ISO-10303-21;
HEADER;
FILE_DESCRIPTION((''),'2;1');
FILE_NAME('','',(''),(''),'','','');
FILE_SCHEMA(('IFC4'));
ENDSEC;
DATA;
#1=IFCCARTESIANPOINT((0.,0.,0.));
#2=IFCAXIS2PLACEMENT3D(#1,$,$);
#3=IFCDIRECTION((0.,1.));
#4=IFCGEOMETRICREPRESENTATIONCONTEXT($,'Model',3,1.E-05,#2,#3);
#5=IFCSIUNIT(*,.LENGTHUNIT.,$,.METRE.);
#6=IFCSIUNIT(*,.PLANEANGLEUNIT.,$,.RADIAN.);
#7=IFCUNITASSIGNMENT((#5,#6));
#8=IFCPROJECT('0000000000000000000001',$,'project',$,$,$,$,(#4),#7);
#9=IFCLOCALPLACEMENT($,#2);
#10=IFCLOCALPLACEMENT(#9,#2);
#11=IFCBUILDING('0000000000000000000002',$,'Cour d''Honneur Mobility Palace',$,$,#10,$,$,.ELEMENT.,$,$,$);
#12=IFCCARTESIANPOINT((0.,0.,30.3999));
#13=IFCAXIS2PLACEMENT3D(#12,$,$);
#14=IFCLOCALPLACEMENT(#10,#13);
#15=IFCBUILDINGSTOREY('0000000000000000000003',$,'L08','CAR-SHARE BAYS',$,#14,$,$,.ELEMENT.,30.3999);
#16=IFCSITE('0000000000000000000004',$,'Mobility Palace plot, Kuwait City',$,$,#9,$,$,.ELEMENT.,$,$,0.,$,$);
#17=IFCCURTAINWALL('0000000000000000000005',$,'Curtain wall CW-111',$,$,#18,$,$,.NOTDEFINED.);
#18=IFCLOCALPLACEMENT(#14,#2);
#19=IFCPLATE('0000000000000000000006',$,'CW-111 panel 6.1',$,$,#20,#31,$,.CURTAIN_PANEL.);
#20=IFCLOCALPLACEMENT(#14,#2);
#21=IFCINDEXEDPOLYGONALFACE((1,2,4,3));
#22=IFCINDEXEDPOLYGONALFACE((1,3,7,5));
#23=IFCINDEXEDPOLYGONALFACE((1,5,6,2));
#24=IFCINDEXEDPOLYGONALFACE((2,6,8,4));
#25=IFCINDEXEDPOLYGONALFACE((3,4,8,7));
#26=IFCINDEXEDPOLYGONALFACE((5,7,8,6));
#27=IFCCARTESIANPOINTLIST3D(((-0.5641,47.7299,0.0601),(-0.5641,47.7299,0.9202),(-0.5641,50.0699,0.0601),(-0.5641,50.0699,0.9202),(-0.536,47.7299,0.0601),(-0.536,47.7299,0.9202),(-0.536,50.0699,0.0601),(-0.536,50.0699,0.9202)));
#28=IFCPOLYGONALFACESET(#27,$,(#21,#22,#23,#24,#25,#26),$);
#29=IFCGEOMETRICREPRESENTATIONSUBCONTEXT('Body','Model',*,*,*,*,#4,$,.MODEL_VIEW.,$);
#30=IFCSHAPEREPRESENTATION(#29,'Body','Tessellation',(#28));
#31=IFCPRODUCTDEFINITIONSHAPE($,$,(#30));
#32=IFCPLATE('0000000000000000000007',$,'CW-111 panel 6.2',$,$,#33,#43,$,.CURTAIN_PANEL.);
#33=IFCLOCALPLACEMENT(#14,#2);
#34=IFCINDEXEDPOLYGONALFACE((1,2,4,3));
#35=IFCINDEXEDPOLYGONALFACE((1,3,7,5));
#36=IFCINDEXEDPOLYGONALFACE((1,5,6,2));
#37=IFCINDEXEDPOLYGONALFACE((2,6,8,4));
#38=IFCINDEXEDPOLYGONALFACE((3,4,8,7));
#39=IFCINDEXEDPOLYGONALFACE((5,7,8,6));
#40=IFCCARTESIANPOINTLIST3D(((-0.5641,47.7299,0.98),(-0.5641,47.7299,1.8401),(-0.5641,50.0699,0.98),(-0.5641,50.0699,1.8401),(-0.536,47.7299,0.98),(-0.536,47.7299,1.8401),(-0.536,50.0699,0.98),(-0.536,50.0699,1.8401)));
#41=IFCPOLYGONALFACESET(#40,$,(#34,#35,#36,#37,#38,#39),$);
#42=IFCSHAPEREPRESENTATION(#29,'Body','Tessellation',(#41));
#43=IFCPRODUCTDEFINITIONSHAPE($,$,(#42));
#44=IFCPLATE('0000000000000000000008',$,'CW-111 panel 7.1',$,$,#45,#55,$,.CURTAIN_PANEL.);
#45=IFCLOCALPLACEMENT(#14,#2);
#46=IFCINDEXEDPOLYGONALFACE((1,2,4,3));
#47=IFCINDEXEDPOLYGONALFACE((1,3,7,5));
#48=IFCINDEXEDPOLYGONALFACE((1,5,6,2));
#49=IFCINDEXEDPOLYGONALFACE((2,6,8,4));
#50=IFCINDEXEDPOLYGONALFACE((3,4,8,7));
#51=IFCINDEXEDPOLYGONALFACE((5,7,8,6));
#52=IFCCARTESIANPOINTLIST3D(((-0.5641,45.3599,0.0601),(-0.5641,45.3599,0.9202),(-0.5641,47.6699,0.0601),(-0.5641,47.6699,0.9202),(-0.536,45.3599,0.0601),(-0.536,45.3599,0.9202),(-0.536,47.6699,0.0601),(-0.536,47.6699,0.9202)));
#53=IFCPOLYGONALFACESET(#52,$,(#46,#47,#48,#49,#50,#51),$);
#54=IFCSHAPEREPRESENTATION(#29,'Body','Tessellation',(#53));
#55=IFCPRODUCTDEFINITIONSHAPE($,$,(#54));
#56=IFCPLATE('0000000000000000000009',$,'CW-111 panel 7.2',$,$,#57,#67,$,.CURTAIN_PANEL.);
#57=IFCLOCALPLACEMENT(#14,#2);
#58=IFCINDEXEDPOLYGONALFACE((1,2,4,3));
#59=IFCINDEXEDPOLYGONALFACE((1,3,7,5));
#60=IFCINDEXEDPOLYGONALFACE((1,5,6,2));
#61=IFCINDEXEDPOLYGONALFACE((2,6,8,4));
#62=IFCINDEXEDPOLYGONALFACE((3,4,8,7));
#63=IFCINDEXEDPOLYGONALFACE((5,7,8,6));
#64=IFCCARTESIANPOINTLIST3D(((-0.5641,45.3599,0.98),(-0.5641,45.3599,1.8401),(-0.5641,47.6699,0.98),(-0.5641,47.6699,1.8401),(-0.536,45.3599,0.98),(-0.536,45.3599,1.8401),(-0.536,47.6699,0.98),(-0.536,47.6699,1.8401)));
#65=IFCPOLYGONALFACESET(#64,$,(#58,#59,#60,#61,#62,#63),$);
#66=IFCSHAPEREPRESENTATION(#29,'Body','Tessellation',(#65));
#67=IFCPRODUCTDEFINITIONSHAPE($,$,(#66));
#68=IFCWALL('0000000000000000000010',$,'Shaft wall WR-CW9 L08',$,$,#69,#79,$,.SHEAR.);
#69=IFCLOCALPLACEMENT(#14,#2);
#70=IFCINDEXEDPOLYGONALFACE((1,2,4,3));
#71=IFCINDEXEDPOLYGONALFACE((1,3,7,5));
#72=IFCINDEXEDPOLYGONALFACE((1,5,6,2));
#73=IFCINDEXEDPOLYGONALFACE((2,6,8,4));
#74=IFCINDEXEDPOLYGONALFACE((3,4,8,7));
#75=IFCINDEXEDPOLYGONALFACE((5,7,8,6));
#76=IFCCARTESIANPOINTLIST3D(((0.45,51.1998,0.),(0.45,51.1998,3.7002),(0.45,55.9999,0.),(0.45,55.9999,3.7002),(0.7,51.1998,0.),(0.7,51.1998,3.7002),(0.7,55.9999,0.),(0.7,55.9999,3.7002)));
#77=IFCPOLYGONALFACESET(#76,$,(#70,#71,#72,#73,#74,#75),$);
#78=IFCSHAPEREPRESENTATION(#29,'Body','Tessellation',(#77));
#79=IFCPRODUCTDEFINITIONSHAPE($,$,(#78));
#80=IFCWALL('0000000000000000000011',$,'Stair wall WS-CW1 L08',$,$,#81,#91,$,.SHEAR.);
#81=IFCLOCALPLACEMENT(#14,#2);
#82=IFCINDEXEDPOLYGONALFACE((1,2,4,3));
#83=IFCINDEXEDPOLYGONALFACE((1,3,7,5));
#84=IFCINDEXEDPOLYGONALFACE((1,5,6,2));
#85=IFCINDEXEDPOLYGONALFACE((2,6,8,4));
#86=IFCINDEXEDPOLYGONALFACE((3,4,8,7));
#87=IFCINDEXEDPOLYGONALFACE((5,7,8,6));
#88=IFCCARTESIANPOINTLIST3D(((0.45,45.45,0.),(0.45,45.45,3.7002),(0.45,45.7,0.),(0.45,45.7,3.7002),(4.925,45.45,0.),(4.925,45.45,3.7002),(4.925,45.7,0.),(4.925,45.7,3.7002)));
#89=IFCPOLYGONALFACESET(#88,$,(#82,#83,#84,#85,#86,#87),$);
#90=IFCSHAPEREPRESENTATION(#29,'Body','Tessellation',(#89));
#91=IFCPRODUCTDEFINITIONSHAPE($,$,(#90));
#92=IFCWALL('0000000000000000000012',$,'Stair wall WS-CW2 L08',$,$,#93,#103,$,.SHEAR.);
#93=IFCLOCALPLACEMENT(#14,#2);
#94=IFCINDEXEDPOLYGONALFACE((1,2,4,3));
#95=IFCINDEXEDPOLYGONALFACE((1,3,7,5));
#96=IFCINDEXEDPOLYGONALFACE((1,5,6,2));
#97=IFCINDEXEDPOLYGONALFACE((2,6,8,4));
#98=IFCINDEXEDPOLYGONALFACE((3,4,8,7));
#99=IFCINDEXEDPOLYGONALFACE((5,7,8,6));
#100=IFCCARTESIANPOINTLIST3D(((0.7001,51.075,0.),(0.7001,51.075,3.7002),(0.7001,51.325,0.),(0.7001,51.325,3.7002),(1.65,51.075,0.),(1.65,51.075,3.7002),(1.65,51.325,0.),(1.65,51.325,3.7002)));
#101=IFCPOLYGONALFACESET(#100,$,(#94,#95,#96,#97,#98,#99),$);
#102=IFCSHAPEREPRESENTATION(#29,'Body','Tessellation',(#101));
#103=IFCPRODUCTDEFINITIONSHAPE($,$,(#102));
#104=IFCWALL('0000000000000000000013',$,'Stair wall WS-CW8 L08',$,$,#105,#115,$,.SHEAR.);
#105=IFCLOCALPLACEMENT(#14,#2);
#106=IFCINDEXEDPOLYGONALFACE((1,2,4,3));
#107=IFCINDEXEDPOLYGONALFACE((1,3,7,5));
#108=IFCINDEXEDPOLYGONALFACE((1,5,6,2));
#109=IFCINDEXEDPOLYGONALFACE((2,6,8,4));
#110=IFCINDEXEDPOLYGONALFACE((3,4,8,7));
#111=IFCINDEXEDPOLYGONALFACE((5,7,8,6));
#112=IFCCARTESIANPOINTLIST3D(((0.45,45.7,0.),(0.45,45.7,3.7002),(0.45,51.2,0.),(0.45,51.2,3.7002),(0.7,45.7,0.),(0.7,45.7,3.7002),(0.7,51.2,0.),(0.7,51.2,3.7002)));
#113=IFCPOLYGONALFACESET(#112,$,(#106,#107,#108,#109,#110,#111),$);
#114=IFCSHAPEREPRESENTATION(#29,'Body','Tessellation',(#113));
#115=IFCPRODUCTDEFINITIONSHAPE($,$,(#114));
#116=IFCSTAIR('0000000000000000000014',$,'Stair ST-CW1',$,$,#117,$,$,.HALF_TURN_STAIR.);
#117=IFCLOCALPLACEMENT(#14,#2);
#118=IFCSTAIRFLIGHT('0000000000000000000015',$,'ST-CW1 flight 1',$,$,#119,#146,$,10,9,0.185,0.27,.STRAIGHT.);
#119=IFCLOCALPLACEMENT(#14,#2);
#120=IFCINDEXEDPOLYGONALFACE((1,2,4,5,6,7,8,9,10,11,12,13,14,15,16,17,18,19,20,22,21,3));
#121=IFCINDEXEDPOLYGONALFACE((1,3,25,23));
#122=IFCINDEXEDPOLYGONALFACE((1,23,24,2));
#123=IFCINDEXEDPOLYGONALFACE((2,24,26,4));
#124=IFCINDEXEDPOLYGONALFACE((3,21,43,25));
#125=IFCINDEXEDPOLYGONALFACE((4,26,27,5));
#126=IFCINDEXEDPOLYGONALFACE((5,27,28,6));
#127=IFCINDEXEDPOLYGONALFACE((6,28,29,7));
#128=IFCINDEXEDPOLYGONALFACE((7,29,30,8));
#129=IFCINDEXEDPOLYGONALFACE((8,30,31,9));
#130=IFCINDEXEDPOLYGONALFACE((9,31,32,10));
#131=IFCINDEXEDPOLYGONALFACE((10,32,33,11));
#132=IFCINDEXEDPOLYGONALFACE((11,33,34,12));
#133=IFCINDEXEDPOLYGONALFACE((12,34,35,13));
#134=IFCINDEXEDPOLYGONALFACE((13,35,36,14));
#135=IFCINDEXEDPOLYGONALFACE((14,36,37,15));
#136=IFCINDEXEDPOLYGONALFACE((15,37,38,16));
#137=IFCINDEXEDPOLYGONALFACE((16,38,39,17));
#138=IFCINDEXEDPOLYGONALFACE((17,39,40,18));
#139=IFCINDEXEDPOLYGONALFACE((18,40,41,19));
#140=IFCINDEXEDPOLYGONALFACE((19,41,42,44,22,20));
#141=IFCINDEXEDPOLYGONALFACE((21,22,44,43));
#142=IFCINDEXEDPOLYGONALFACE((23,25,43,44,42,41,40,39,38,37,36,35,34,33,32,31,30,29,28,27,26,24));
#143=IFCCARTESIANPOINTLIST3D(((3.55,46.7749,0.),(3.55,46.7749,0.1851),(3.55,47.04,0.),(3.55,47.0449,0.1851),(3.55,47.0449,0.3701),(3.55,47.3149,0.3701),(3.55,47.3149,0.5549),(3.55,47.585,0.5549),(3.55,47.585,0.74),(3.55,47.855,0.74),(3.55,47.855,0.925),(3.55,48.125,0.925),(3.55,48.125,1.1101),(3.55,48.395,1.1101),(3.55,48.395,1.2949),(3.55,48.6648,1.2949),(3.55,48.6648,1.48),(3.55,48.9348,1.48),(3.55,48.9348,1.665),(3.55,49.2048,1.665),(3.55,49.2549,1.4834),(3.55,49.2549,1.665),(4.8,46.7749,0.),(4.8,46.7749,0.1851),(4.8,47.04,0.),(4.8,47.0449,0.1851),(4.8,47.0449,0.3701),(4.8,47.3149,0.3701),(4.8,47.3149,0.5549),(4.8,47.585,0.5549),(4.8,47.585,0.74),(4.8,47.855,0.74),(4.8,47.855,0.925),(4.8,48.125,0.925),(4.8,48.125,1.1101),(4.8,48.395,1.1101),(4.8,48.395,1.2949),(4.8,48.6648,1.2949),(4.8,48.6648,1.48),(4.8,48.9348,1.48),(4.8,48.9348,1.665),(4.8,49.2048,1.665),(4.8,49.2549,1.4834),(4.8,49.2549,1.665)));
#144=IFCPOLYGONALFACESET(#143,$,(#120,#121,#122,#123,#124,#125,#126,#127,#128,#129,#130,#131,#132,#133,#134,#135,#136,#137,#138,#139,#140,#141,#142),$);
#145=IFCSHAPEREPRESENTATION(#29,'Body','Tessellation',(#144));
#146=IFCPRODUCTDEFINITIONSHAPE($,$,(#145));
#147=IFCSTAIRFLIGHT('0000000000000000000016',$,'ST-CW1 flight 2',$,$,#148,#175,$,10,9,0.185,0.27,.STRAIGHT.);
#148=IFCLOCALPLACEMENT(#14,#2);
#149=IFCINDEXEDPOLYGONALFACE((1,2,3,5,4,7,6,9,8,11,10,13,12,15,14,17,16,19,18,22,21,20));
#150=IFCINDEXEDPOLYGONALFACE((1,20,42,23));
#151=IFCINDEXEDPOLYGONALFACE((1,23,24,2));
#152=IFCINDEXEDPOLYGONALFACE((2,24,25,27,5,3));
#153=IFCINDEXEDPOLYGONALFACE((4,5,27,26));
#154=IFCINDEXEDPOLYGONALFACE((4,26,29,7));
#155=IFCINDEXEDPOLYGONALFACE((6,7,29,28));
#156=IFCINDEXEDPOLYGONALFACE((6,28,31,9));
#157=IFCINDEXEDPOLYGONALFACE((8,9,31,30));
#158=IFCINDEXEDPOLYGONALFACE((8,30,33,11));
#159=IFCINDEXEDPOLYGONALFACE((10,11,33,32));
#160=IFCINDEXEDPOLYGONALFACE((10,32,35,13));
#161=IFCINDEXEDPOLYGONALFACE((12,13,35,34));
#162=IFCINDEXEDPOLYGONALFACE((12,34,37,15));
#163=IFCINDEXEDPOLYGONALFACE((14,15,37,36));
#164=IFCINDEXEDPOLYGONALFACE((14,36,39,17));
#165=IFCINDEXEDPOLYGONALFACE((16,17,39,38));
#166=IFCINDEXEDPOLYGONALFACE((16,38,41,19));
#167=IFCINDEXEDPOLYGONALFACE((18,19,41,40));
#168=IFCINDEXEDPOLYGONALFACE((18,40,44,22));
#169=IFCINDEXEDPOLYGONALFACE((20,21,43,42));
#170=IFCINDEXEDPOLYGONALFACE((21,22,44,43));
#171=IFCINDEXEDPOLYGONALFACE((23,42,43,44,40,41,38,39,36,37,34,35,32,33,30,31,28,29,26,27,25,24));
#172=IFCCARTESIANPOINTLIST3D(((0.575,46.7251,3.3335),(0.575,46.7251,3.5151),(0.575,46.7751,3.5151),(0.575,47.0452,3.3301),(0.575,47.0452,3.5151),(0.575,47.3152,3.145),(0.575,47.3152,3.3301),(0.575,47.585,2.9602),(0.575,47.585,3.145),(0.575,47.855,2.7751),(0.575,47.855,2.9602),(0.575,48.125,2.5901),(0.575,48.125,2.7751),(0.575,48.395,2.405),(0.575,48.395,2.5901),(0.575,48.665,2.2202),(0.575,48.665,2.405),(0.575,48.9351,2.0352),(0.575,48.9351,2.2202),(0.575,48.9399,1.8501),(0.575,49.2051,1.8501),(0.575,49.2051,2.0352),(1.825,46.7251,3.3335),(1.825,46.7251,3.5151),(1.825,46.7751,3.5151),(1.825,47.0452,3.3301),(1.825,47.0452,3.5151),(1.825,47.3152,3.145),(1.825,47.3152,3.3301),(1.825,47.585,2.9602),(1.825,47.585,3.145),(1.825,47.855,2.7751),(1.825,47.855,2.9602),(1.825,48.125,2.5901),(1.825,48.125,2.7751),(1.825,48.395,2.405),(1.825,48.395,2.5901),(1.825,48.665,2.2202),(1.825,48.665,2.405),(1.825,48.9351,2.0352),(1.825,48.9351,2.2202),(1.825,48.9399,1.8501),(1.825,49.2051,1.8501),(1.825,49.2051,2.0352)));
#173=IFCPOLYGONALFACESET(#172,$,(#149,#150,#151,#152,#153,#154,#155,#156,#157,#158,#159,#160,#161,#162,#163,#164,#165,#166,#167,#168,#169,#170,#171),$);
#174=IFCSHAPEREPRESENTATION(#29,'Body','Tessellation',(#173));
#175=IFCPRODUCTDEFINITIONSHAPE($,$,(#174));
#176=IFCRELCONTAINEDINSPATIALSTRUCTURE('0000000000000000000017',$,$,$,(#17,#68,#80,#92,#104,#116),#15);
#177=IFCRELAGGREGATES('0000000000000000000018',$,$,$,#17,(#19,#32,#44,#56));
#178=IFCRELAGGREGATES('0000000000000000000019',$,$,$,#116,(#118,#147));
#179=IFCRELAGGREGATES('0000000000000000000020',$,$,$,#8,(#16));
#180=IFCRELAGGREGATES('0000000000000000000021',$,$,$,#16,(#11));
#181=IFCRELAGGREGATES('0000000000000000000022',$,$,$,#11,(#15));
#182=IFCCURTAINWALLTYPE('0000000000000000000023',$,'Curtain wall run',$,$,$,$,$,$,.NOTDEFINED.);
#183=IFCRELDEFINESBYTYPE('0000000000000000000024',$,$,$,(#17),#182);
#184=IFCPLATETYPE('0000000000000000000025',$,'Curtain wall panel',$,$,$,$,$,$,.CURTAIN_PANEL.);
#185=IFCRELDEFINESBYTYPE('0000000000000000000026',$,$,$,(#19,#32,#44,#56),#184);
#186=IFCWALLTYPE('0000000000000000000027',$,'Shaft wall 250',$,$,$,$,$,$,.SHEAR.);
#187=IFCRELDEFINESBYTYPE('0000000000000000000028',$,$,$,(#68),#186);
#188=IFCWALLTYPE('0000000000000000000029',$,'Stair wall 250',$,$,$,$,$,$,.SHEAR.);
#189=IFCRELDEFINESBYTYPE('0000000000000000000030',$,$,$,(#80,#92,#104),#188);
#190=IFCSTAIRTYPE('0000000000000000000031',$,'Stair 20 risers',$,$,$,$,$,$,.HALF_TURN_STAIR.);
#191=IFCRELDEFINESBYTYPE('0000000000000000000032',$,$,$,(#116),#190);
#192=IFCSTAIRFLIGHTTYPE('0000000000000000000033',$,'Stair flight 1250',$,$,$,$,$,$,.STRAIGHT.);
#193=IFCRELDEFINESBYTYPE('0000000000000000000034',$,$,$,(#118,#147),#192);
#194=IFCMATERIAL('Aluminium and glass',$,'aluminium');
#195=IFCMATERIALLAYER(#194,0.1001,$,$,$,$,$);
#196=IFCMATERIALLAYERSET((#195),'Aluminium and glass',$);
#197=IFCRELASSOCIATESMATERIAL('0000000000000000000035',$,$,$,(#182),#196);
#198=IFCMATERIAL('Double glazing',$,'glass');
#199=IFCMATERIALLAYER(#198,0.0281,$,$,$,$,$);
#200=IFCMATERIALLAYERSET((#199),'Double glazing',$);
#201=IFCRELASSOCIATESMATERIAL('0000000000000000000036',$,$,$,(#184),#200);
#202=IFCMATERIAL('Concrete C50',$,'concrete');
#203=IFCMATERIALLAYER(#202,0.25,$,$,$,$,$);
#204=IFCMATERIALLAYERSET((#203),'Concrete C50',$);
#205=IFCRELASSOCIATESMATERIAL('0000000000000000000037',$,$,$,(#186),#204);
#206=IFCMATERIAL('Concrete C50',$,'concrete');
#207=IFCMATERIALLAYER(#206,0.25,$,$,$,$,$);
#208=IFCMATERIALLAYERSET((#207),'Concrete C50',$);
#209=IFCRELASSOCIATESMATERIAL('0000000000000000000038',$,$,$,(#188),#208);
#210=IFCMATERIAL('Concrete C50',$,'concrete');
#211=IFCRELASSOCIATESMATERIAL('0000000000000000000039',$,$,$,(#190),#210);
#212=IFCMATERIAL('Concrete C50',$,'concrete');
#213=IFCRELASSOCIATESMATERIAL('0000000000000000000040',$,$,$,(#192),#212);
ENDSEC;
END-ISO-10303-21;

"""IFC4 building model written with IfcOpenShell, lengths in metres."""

from ifc_helpers import new_model, si_unit, direction, frame, frame_2d, origin, origin_2d, place, context, subcontext, project, spatial, polyline, rectangle, outline, extrude, material, layer, layer_set, type_object, element, aggregate, save


model = new_model("IFC4")

# Units and contexts
model_context = context("Model", 3, precision=1e-05, world=origin(), true_north=direction((0.0, 1.0)))
body_context = subcontext(model_context, "Body", "Model", "MODEL_VIEW")
ifc_project = project(units=[si_unit("LENGTHUNIT", "METRE"), si_unit("PLANEANGLEUNIT", "RADIAN")], contexts=[model_context])

# Site, building, storey
site_placement = place(None, origin())
site = spatial("IfcSite", under=ifc_project, at=site_placement, Name="Mobility Palace plot, Kuwait City", CompositionType="ELEMENT", RefElevation=0.0)
building_placement = place(site_placement, origin())
building = spatial("IfcBuilding", under=site, at=building_placement, Name="Cour d'Honneur Mobility Palace", CompositionType="ELEMENT")
storey_placement = place(building_placement, frame((0.0, 0.0, 30.3999)))
storey = spatial("IfcBuildingStorey", under=building, at=storey_placement, Name="L08", Description="CAR-SHARE BAYS", CompositionType="ELEMENT", Elevation=30.3999)

# Curtain wall
ifc_material_1 = material(Name="Aluminium and glass", Category="aluminium")
ifc_layer_1 = layer(ifc_material_1, 0.1001)
ifc_layer_set_1 = layer_set([ifc_layer_1], Name="Aluminium and glass")
curtain_wall_type = type_object("IfcCurtainWallType", Name="Curtain wall run", PredefinedType="NOTDEFINED", material=ifc_layer_set_1)
curtain_wall_placement = place(storey_placement, origin())
curtain_wall = element("IfcCurtainWall", 1, at=curtain_wall_placement, inside=storey, type_object=curtain_wall_type, Name="Curtain wall CW-111", PredefinedType="NOTDEFINED")

# Plates
ifc_material_2 = material(Name="Double glazing", Category="glass")
ifc_layer_2 = layer(ifc_material_2, 0.0281)
ifc_layer_set_2 = layer_set([ifc_layer_2], Name="Double glazing")
plate_type = type_object("IfcPlateType", Name="Curtain wall panel", PredefinedType="CURTAIN_PANEL", material=ifc_layer_set_2)
plate_1_placement = place(storey_placement, frame((-0.55, 48.8999, 0.0601), z_axis=(0.0, 0.0, 1.0), x_axis=(0.0, -1.0, 0.0)))
plate_1 = element("IfcPlate", 2, at=plate_1_placement, type_object=plate_type, Name="CW-111 panel 6.1", PredefinedType="CURTAIN_PANEL", context=body_context, shape_type="SweptSolid", body=[
    extrude(rectangle(XDim=2.3401, YDim=0.0281, at=origin_2d()), origin(), (0.0, 0.0, 1.0), 0.8601),
])
plate_2_placement = place(storey_placement, frame((-0.55, 48.8999, 0.98), z_axis=(0.0, 0.0, 1.0), x_axis=(0.0, -1.0, 0.0)))
plate_2 = element("IfcPlate", 3, at=plate_2_placement, type_object=plate_type, Name="CW-111 panel 6.2", PredefinedType="CURTAIN_PANEL", context=body_context, shape_type="SweptSolid", body=[
    extrude(rectangle(XDim=2.3401, YDim=0.0281, at=origin_2d()), origin(), (0.0, 0.0, 1.0), 0.8601),
])
plate_3_placement = place(storey_placement, frame((-0.55, 46.5149, 0.0601), z_axis=(0.0, 0.0, 1.0), x_axis=(0.0, -1.0, 0.0)))
plate_3 = element("IfcPlate", 4, at=plate_3_placement, type_object=plate_type, Name="CW-111 panel 7.1", PredefinedType="CURTAIN_PANEL", context=body_context, shape_type="SweptSolid", body=[
    extrude(rectangle(XDim=2.3101, YDim=0.0281, at=origin_2d()), origin(), (0.0, 0.0, 1.0), 0.8601),
])
plate_4_placement = place(storey_placement, frame((-0.55, 46.5149, 0.98), z_axis=(0.0, 0.0, 1.0), x_axis=(0.0, -1.0, 0.0)))
plate_4 = element("IfcPlate", 5, at=plate_4_placement, type_object=plate_type, Name="CW-111 panel 7.2", PredefinedType="CURTAIN_PANEL", context=body_context, shape_type="SweptSolid", body=[
    extrude(rectangle(XDim=2.3101, YDim=0.0281, at=origin_2d()), origin(), (0.0, 0.0, 1.0), 0.8601),
])
aggregate(curtain_wall, [plate_1, plate_2, plate_3, plate_4])

# Walls
ifc_material_3 = material(Name="Concrete C50", Category="concrete")
ifc_layer_3 = layer(ifc_material_3, 0.25)
ifc_layer_set_3 = layer_set([ifc_layer_3], Name="Concrete C50")
wall_type_1 = type_object("IfcWallType", Name="Shaft wall 250", PredefinedType="SHEAR", material=ifc_layer_set_3)
wall_1_placement = place(storey_placement, frame((0.575, 51.2, 0.0), z_axis=(0.0, 0.0, 1.0), x_axis=(0.0, 1.0, 0.0)))
element("IfcWall", 6, at=wall_1_placement, inside=storey, type_object=wall_type_1, Name="Shaft wall WR-CW9 L08", PredefinedType="SHEAR", context=body_context, shape_type="SweptSolid", body=[
    extrude(rectangle(XDim=4.8, YDim=0.25, at=frame_2d((2.3999, 0.0))), origin(), (0.0, 0.0, 1.0), 3.7002),
])
ifc_material_4 = material(Name="Concrete C50", Category="concrete")
ifc_layer_4 = layer(ifc_material_4, 0.25)
ifc_layer_set_4 = layer_set([ifc_layer_4], Name="Concrete C50")
wall_type_2 = type_object("IfcWallType", Name="Stair wall 250", PredefinedType="SHEAR", material=ifc_layer_set_4)
wall_2_placement = place(storey_placement, frame((0.45, 45.575, 0.0), z_axis=(0.0, 0.0, 1.0), x_axis=(1.0, 0.0, 0.0)))
element("IfcWall", 7, at=wall_2_placement, inside=storey, type_object=wall_type_2, Name="Stair wall WS-CW1 L08", PredefinedType="SHEAR", context=body_context, shape_type="SweptSolid", body=[
    extrude(rectangle(XDim=4.4751, YDim=0.25, at=frame_2d((2.2375, 0.0))), origin(), (0.0, 0.0, 1.0), 3.7002),
])
wall_3_placement = place(storey_placement, frame((0.7, 51.2, 0.0), z_axis=(0.0, 0.0, 1.0), x_axis=(1.0, 0.0, 0.0)))
element("IfcWall", 8, at=wall_3_placement, inside=storey, type_object=wall_type_2, Name="Stair wall WS-CW2 L08", PredefinedType="SHEAR", context=body_context, shape_type="SweptSolid", body=[
    extrude(rectangle(XDim=0.95, YDim=0.25, at=frame_2d((0.4751, 0.0))), origin(), (0.0, 0.0, 1.0), 3.7002),
])
wall_4_placement = place(storey_placement, frame((0.575, 45.7, 0.0), z_axis=(0.0, 0.0, 1.0), x_axis=(0.0, 1.0, 0.0)))
element("IfcWall", 9, at=wall_4_placement, inside=storey, type_object=wall_type_2, Name="Stair wall WS-CW8 L08", PredefinedType="SHEAR", context=body_context, shape_type="SweptSolid", body=[
    extrude(rectangle(XDim=5.5, YDim=0.25, at=frame_2d((2.75, 0.0))), origin(), (0.0, 0.0, 1.0), 3.7002),
])

# Stair, stair flights
ifc_material_5 = material(Name="Concrete C50", Category="concrete")
stair_type = type_object("IfcStairType", Name="Stair 20 risers", PredefinedType="HALF_TURN_STAIR", material=ifc_material_5)
stair_placement = place(storey_placement, origin())
stair = element("IfcStair", 10, at=stair_placement, inside=storey, type_object=stair_type, Name="Stair ST-CW1", PredefinedType="HALF_TURN_STAIR")
ifc_material_6 = material(Name="Concrete C50", Category="concrete")
stair_flight_type = type_object("IfcStairFlightType", Name="Stair flight 1250", PredefinedType="STRAIGHT", material=ifc_material_6)
stair_flight_1_placement = place(storey_placement, frame((4.175, 46.7749, 0.0), z_axis=(0.0, 0.0, 1.0), x_axis=(0.0, 1.0, 0.0)))
stair_flight_1 = element("IfcStairFlight", 11, at=stair_flight_1_placement, type_object=stair_flight_type, Name="ST-CW1 flight 1", NumberOfRisers=10, NumberOfTreads=9, PredefinedType="STRAIGHT", RiserHeight=0.185, TreadLength=0.27, context=body_context, shape_type="SweptSolid", body=[
    extrude(outline(polyline([(0.0, 0.0), (0.0, 0.1851), (0.27, 0.1851), (0.27, 0.3701), (0.54, 0.3701), (0.54, 0.5549), (0.8101, 0.5549), (0.8101, 0.74), (1.0801, 0.74), (1.0801, 0.925), (1.3501, 0.925), (1.3501, 1.1101), (1.6201, 1.1101), (1.6201, 1.2949), (1.8899, 1.2949), (1.8899, 1.48), (2.1599, 1.48), (2.1599, 1.665), (2.4299, 1.665), (2.48, 1.665), (2.48, 1.4834), (0.2651, 0.0), (0.0, 0.0)])), frame((0.0, 0.625, 0.0), z_axis=(0.0, -1.0, 0.0), x_axis=(1.0, 0.0, 0.0)), (0.0, 0.0, 1.0), 1.25),
])
stair_flight_2_placement = place(storey_placement, frame((1.2, 49.2051, 1.8501), z_axis=(0.0, 0.0, 1.0), x_axis=(0.0, -1.0, 0.0)))
stair_flight_2 = element("IfcStairFlight", 12, at=stair_flight_2_placement, type_object=stair_flight_type, Name="ST-CW1 flight 2", NumberOfRisers=10, NumberOfTreads=9, PredefinedType="STRAIGHT", RiserHeight=0.185, TreadLength=0.27, context=body_context, shape_type="SweptSolid", body=[
    extrude(outline(polyline([(0.0, 0.0), (0.0, 0.1851), (0.27, 0.1851), (0.27, 0.3701), (0.54, 0.3701), (0.54, 0.5549), (0.8101, 0.5549), (0.8101, 0.74), (1.0801, 0.74), (1.0801, 0.925), (1.3501, 0.925), (1.3501, 1.1101), (1.6201, 1.1101), (1.6201, 1.2949), (1.8899, 1.2949), (1.8899, 1.48), (2.1599, 1.48), (2.1599, 1.665), (2.4299, 1.665), (2.48, 1.665), (2.48, 1.4834), (0.2651, 0.0), (0.0, 0.0)])), frame((0.0, 0.625, 0.0), z_axis=(0.0, -1.0, 0.0), x_axis=(1.0, 0.0, 0.0)), (0.0, 0.0, 1.0), 1.25),
])
aggregate(stair, [stair_flight_1, stair_flight_2])

save(model, "model.ifc")
